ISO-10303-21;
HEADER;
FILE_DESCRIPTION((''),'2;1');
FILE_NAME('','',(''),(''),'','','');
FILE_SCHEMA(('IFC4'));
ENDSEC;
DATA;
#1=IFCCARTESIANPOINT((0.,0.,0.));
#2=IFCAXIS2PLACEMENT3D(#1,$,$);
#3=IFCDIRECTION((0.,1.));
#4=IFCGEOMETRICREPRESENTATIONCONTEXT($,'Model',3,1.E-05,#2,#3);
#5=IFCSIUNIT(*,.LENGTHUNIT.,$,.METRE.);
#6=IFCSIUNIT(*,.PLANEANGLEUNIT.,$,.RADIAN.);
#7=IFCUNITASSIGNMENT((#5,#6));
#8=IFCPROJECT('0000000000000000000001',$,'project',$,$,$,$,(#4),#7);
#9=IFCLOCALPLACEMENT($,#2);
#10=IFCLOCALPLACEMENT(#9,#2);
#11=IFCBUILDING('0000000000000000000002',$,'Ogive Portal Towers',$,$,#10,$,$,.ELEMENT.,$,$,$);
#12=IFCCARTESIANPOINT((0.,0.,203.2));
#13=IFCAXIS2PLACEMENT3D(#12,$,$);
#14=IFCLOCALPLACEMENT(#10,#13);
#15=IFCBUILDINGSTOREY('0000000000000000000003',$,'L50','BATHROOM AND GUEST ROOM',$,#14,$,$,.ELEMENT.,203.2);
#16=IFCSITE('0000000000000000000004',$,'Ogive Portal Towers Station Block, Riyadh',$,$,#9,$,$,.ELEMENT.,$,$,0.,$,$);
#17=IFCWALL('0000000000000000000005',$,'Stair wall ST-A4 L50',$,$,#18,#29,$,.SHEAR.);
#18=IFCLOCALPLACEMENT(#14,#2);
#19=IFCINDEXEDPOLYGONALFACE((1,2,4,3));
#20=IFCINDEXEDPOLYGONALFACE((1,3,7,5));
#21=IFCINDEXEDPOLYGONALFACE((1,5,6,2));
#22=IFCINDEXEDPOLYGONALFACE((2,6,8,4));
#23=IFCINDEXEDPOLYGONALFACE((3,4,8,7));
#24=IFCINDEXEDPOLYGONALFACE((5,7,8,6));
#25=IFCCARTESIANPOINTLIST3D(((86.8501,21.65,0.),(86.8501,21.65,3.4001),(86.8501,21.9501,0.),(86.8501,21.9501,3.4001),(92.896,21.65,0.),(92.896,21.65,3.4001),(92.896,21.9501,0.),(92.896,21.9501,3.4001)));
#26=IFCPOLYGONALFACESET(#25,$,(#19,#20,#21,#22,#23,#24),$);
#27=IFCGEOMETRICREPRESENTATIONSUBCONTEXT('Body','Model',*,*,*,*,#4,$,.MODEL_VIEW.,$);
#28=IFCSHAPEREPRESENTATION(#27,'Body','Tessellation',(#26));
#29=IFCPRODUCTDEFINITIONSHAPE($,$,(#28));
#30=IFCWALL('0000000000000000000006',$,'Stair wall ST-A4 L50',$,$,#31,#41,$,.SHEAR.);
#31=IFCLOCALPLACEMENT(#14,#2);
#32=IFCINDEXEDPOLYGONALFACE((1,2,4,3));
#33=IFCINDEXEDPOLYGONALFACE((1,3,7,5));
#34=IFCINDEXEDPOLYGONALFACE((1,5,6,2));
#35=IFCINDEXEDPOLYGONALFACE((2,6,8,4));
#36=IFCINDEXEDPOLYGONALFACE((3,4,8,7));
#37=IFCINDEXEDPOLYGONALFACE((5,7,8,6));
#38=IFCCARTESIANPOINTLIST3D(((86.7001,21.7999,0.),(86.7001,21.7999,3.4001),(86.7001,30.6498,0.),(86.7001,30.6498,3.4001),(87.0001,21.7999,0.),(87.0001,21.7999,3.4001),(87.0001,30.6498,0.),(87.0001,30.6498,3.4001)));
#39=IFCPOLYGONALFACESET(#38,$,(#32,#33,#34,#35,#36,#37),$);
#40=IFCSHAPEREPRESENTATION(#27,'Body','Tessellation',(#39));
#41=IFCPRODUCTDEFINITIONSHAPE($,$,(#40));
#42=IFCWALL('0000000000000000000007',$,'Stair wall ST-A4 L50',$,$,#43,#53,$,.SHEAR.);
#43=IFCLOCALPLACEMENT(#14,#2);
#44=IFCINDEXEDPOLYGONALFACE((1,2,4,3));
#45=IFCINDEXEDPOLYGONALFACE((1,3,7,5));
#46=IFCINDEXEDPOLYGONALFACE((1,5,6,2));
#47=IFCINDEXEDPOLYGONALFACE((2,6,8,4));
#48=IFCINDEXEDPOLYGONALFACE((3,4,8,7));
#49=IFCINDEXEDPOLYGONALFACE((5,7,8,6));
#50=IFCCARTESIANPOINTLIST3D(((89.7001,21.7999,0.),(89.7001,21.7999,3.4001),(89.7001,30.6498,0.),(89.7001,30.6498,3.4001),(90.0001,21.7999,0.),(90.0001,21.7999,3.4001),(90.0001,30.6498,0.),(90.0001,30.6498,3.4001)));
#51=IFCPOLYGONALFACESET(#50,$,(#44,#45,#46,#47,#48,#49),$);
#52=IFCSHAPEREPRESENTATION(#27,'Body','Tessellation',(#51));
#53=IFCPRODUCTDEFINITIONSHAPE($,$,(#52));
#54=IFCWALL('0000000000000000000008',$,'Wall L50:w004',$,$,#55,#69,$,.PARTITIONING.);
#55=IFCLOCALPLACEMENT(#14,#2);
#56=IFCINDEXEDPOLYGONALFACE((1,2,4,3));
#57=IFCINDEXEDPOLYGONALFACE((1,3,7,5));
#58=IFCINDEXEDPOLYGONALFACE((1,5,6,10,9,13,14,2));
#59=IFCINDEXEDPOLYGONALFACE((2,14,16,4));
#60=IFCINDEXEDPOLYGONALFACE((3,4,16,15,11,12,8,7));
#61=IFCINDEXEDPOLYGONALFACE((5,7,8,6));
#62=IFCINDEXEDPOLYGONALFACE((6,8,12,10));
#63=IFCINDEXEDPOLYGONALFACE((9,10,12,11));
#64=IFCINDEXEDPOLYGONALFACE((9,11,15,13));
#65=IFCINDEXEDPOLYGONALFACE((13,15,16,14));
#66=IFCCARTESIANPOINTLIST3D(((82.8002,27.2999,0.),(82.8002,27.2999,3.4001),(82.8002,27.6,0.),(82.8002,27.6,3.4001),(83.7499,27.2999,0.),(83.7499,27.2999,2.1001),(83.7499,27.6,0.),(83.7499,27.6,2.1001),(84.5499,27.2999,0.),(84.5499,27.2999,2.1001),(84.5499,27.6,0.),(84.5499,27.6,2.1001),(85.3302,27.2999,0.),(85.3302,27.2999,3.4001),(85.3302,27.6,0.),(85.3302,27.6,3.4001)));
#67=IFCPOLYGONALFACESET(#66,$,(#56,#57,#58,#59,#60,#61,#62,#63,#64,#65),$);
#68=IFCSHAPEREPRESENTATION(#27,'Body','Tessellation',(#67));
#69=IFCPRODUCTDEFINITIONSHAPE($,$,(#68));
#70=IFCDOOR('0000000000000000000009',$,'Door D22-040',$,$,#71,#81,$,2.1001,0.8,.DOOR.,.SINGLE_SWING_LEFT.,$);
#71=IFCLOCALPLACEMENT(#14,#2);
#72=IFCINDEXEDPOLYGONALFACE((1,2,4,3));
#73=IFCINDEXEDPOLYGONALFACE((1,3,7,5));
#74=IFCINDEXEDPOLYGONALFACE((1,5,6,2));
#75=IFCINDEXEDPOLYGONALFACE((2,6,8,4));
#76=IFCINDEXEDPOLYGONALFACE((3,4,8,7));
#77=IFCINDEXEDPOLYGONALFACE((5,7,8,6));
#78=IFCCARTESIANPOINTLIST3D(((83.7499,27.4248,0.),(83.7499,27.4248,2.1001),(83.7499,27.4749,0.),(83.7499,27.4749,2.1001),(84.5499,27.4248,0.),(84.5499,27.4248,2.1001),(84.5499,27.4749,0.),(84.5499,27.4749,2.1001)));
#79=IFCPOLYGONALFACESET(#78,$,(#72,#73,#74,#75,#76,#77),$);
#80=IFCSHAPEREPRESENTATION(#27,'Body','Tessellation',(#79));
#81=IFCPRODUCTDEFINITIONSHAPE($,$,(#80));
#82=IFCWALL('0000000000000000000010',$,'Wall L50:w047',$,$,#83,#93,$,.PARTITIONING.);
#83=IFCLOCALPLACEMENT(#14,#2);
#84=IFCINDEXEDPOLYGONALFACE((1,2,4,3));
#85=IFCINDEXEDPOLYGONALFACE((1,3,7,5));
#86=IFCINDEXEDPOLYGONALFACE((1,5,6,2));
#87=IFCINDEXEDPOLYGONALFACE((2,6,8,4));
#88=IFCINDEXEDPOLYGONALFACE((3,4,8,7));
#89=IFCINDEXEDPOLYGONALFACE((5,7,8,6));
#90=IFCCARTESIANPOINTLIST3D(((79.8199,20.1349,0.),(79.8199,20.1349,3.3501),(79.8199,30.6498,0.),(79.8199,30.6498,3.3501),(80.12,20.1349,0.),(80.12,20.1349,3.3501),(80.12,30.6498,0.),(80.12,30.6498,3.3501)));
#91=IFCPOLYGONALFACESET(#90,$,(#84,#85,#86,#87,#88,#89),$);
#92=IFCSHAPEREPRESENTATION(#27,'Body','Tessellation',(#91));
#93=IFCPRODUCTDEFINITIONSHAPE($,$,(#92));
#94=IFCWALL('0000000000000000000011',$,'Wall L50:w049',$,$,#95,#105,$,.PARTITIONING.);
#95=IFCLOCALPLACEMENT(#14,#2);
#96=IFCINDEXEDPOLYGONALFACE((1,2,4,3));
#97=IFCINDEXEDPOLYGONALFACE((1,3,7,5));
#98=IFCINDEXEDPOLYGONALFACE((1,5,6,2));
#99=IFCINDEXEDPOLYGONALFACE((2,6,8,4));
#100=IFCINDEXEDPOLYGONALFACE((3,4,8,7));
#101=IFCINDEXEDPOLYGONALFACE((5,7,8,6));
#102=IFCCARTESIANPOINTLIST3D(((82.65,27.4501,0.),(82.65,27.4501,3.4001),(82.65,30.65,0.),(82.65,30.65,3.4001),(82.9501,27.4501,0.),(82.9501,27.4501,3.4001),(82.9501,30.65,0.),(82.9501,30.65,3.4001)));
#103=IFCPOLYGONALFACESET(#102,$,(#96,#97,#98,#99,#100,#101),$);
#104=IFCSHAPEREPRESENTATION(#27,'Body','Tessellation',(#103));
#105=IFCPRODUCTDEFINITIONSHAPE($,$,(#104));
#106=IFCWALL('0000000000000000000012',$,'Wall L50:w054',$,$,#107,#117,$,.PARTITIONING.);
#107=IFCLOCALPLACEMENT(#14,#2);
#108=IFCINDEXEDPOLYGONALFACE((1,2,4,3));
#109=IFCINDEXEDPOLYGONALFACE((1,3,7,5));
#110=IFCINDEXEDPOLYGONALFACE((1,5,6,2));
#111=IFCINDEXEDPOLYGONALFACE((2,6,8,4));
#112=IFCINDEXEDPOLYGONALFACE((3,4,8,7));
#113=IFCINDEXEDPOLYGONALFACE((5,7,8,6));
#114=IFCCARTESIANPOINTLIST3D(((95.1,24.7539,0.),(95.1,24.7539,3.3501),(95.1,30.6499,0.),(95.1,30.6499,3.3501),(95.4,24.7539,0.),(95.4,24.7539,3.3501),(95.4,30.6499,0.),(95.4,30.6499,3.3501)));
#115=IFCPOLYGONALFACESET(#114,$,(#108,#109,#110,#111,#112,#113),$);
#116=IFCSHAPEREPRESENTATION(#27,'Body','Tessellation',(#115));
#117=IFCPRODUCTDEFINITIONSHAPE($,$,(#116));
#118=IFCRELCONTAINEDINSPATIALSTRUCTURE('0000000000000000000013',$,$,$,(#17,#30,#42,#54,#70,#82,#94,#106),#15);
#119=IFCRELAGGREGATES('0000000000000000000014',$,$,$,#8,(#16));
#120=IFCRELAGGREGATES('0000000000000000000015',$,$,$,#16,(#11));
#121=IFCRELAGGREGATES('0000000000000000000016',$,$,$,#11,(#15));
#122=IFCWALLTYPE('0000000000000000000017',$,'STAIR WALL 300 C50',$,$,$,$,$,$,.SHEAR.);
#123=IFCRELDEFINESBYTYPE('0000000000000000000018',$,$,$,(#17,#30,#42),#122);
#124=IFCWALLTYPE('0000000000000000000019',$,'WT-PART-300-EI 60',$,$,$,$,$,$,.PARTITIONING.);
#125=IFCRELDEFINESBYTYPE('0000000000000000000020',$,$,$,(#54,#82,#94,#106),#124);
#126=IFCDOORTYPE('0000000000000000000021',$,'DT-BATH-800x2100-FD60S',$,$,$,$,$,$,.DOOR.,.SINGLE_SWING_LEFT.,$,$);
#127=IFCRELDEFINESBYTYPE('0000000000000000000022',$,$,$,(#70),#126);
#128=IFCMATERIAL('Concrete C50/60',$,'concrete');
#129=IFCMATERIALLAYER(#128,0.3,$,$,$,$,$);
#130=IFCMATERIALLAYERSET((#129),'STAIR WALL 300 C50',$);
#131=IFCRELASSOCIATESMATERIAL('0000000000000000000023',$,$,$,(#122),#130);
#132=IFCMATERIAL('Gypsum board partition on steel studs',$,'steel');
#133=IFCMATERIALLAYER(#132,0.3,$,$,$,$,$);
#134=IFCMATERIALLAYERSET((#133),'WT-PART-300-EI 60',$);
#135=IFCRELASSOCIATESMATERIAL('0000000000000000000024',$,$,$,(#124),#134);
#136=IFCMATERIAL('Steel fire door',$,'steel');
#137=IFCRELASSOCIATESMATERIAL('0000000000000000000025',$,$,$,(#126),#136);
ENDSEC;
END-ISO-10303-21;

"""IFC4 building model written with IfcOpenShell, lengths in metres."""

from ifc_helpers import new_model, si_unit, direction, frame, frame_2d, origin, place, context, subcontext, project, spatial, rectangle, extrude, material, layer, layer_set, type_object, element, fill, save


model = new_model("IFC4")

# Units and contexts
model_context = context("Model", 3, precision=1e-05, world=origin(), true_north=direction((0.0, 1.0)))
body_context = subcontext(model_context, "Body", "Model", "MODEL_VIEW")
ifc_project = project(units=[si_unit("LENGTHUNIT", "METRE"), si_unit("PLANEANGLEUNIT", "RADIAN")], contexts=[model_context])

# Site, building, storey
site_placement = place(None, origin())
site = spatial("IfcSite", under=ifc_project, at=site_placement, Name="Ogive Portal Towers Station Block, Riyadh", CompositionType="ELEMENT", RefElevation=0.0)
building_placement = place(site_placement, origin())
building = spatial("IfcBuilding", under=site, at=building_placement, Name="Ogive Portal Towers", CompositionType="ELEMENT")
storey_placement = place(building_placement, frame((0.0, 0.0, 203.2)))
storey = spatial("IfcBuildingStorey", under=building, at=storey_placement, Name="L50", Description="BATHROOM AND GUEST ROOM", CompositionType="ELEMENT", Elevation=203.2)

# Shared definitions
ifc_material_1 = material(Name="Steel fire door", Category="steel")

# Walls
ifc_material_2 = material(Name="Concrete C50/60", Category="concrete")
ifc_layer_1 = layer(ifc_material_2, 0.3)
ifc_layer_set_1 = layer_set([ifc_layer_1], Name="STAIR WALL 300 C50")
wall_type_1 = type_object("IfcWallType", Name="STAIR WALL 300 C50", PredefinedType="SHEAR", material=ifc_layer_set_1)
wall_1_placement = place(storey_placement, frame((86.8501, 21.8, 0.0), z_axis=(0.0, 0.0, 1.0), x_axis=(1.0, 0.0, 0.0)))
element("IfcWall", 1, at=wall_1_placement, inside=storey, type_object=wall_type_1, Name="Stair wall ST-A4 L50", PredefinedType="SHEAR", context=body_context, shape_type="SweptSolid", body=[
    extrude(rectangle(XDim=6.0459, YDim=0.3, at=frame_2d((3.0229, 0.0))), origin(), (0.0, 0.0, 1.0), 3.4001),
])
for number, where, z_axis, x_axis, name in (
    (2, (86.8501, 21.8, 0.0), (0.0, 0.0, 1.0), (0.0, 1.0, 0.0), "Stair wall ST-A4 L50"),
    (3, (89.8501, 21.8, 0.0), (0.0, 0.0, 1.0), (0.0, 1.0, 0.0), "Stair wall ST-A4 L50"),
):
    element("IfcWall", number, at=place(storey_placement, frame(where, z_axis=z_axis, x_axis=x_axis)), inside=storey, type_object=wall_type_1, Name=name, PredefinedType="SHEAR", context=body_context, shape_type="SweptSolid", body=[
        extrude(rectangle(XDim=8.8499, YDim=0.3, at=frame_2d((4.4248, 0.0))), origin(), (0.0, 0.0, 1.0), 3.4001),
    ])

# Wall, opening, door
ifc_material_3 = material(Name="Gypsum board partition on steel studs", Category="steel")
ifc_layer_2 = layer(ifc_material_3, 0.3)
ifc_layer_set_2 = layer_set([ifc_layer_2], Name="WT-PART-300-EI 60")
wall_type_2 = type_object("IfcWallType", Name="WT-PART-300-EI 60", PredefinedType="PARTITIONING", material=ifc_layer_set_2)
wall_2_placement = place(storey_placement, frame((82.8, 27.45, 0.0), z_axis=(0.0, 0.0, 1.0), x_axis=(1.0, 0.0, 0.0)))
wall_2 = element("IfcWall", 4, at=wall_2_placement, inside=storey, type_object=wall_type_2, Name="Wall L50:w004", PredefinedType="PARTITIONING", context=body_context, shape_type="SweptSolid", body=[
    extrude(rectangle(XDim=2.53, YDim=0.3, at=frame_2d((1.2651, 0.0))), origin(), (0.0, 0.0, 1.0), 3.4001),
])
opening_1_placement = place(wall_2_placement, frame((0.95, 0.0, 0.0)))
opening_1 = element("IfcOpeningElement", 5, at=opening_1_placement, cuts=wall_2, PredefinedType="OPENING", context=body_context, shape_type="SweptSolid", body=[
    extrude(rectangle(XDim=0.8, YDim=2.1001, at=frame_2d((0.3999, 1.05))), frame((0.0, 0.1602, 0.0), z_axis=(0.0, -1.0, 0.0), x_axis=(1.0, 0.0, 0.0)), (0.0, 0.0, 1.0), 0.3201),
])
door_type_1 = type_object("IfcDoorType", Name="DT-BATH-800x2100-FD60S", OperationType="SINGLE_SWING_LEFT", PredefinedType="DOOR", material=ifc_material_1)
door_1_placement = place(opening_1_placement, origin())
door_1 = element("IfcDoor", 6, at=door_1_placement, inside=storey, type_object=door_type_1, Name="Door D22-040", OperationType="SINGLE_SWING_LEFT", OverallHeight=2.1001, OverallWidth=0.8, PredefinedType="DOOR", context=body_context, shape_type="SweptSolid", body=[
    extrude(rectangle(XDim=0.8, YDim=2.1001, at=frame_2d((0.3999, 1.05))), frame((0.0, 0.0249, 0.0), z_axis=(0.0, -1.0, 0.0), x_axis=(1.0, 0.0, 0.0)), (0.0, 0.0, 1.0), 0.05),
])
fill(opening_1, door_1)

# Walls
wall_3_placement = place(storey_placement, frame((79.97, 20.135, 0.0), z_axis=(0.0, 0.0, 1.0), x_axis=(0.0, 1.0, 0.0)))
element("IfcWall", 7, at=wall_3_placement, inside=storey, type_object=wall_type_2, Name="Wall L50:w047", PredefinedType="PARTITIONING", context=body_context, shape_type="SweptSolid", body=[
    extrude(rectangle(XDim=10.5149, YDim=0.3, at=frame_2d((5.2573, 0.0))), origin(), (0.0, 0.0, 1.0), 3.3501),
])
wall_4_placement = place(storey_placement, frame((82.8, 27.45, 0.0), z_axis=(0.0, 0.0, 1.0), x_axis=(0.0, 1.0, 0.0)))
element("IfcWall", 8, at=wall_4_placement, inside=storey, type_object=wall_type_2, Name="Wall L50:w049", PredefinedType="PARTITIONING", context=body_context, shape_type="SweptSolid", body=[
    extrude(rectangle(XDim=3.2, YDim=0.3, at=frame_2d((1.6001, 0.0))), origin(), (0.0, 0.0, 1.0), 3.4001),
])
wall_5_placement = place(storey_placement, frame((95.25, 24.7539, 0.0), z_axis=(0.0, 0.0, 1.0), x_axis=(0.0, 1.0, 0.0)))
element("IfcWall", 9, at=wall_5_placement, inside=storey, type_object=wall_type_2, Name="Wall L50:w054", PredefinedType="PARTITIONING", context=body_context, shape_type="SweptSolid", body=[
    extrude(rectangle(XDim=5.896, YDim=0.3, at=frame_2d((2.948, 0.0))), origin(), (0.0, 0.0, 1.0), 3.3501),
])

save(model, "model.ifc")
